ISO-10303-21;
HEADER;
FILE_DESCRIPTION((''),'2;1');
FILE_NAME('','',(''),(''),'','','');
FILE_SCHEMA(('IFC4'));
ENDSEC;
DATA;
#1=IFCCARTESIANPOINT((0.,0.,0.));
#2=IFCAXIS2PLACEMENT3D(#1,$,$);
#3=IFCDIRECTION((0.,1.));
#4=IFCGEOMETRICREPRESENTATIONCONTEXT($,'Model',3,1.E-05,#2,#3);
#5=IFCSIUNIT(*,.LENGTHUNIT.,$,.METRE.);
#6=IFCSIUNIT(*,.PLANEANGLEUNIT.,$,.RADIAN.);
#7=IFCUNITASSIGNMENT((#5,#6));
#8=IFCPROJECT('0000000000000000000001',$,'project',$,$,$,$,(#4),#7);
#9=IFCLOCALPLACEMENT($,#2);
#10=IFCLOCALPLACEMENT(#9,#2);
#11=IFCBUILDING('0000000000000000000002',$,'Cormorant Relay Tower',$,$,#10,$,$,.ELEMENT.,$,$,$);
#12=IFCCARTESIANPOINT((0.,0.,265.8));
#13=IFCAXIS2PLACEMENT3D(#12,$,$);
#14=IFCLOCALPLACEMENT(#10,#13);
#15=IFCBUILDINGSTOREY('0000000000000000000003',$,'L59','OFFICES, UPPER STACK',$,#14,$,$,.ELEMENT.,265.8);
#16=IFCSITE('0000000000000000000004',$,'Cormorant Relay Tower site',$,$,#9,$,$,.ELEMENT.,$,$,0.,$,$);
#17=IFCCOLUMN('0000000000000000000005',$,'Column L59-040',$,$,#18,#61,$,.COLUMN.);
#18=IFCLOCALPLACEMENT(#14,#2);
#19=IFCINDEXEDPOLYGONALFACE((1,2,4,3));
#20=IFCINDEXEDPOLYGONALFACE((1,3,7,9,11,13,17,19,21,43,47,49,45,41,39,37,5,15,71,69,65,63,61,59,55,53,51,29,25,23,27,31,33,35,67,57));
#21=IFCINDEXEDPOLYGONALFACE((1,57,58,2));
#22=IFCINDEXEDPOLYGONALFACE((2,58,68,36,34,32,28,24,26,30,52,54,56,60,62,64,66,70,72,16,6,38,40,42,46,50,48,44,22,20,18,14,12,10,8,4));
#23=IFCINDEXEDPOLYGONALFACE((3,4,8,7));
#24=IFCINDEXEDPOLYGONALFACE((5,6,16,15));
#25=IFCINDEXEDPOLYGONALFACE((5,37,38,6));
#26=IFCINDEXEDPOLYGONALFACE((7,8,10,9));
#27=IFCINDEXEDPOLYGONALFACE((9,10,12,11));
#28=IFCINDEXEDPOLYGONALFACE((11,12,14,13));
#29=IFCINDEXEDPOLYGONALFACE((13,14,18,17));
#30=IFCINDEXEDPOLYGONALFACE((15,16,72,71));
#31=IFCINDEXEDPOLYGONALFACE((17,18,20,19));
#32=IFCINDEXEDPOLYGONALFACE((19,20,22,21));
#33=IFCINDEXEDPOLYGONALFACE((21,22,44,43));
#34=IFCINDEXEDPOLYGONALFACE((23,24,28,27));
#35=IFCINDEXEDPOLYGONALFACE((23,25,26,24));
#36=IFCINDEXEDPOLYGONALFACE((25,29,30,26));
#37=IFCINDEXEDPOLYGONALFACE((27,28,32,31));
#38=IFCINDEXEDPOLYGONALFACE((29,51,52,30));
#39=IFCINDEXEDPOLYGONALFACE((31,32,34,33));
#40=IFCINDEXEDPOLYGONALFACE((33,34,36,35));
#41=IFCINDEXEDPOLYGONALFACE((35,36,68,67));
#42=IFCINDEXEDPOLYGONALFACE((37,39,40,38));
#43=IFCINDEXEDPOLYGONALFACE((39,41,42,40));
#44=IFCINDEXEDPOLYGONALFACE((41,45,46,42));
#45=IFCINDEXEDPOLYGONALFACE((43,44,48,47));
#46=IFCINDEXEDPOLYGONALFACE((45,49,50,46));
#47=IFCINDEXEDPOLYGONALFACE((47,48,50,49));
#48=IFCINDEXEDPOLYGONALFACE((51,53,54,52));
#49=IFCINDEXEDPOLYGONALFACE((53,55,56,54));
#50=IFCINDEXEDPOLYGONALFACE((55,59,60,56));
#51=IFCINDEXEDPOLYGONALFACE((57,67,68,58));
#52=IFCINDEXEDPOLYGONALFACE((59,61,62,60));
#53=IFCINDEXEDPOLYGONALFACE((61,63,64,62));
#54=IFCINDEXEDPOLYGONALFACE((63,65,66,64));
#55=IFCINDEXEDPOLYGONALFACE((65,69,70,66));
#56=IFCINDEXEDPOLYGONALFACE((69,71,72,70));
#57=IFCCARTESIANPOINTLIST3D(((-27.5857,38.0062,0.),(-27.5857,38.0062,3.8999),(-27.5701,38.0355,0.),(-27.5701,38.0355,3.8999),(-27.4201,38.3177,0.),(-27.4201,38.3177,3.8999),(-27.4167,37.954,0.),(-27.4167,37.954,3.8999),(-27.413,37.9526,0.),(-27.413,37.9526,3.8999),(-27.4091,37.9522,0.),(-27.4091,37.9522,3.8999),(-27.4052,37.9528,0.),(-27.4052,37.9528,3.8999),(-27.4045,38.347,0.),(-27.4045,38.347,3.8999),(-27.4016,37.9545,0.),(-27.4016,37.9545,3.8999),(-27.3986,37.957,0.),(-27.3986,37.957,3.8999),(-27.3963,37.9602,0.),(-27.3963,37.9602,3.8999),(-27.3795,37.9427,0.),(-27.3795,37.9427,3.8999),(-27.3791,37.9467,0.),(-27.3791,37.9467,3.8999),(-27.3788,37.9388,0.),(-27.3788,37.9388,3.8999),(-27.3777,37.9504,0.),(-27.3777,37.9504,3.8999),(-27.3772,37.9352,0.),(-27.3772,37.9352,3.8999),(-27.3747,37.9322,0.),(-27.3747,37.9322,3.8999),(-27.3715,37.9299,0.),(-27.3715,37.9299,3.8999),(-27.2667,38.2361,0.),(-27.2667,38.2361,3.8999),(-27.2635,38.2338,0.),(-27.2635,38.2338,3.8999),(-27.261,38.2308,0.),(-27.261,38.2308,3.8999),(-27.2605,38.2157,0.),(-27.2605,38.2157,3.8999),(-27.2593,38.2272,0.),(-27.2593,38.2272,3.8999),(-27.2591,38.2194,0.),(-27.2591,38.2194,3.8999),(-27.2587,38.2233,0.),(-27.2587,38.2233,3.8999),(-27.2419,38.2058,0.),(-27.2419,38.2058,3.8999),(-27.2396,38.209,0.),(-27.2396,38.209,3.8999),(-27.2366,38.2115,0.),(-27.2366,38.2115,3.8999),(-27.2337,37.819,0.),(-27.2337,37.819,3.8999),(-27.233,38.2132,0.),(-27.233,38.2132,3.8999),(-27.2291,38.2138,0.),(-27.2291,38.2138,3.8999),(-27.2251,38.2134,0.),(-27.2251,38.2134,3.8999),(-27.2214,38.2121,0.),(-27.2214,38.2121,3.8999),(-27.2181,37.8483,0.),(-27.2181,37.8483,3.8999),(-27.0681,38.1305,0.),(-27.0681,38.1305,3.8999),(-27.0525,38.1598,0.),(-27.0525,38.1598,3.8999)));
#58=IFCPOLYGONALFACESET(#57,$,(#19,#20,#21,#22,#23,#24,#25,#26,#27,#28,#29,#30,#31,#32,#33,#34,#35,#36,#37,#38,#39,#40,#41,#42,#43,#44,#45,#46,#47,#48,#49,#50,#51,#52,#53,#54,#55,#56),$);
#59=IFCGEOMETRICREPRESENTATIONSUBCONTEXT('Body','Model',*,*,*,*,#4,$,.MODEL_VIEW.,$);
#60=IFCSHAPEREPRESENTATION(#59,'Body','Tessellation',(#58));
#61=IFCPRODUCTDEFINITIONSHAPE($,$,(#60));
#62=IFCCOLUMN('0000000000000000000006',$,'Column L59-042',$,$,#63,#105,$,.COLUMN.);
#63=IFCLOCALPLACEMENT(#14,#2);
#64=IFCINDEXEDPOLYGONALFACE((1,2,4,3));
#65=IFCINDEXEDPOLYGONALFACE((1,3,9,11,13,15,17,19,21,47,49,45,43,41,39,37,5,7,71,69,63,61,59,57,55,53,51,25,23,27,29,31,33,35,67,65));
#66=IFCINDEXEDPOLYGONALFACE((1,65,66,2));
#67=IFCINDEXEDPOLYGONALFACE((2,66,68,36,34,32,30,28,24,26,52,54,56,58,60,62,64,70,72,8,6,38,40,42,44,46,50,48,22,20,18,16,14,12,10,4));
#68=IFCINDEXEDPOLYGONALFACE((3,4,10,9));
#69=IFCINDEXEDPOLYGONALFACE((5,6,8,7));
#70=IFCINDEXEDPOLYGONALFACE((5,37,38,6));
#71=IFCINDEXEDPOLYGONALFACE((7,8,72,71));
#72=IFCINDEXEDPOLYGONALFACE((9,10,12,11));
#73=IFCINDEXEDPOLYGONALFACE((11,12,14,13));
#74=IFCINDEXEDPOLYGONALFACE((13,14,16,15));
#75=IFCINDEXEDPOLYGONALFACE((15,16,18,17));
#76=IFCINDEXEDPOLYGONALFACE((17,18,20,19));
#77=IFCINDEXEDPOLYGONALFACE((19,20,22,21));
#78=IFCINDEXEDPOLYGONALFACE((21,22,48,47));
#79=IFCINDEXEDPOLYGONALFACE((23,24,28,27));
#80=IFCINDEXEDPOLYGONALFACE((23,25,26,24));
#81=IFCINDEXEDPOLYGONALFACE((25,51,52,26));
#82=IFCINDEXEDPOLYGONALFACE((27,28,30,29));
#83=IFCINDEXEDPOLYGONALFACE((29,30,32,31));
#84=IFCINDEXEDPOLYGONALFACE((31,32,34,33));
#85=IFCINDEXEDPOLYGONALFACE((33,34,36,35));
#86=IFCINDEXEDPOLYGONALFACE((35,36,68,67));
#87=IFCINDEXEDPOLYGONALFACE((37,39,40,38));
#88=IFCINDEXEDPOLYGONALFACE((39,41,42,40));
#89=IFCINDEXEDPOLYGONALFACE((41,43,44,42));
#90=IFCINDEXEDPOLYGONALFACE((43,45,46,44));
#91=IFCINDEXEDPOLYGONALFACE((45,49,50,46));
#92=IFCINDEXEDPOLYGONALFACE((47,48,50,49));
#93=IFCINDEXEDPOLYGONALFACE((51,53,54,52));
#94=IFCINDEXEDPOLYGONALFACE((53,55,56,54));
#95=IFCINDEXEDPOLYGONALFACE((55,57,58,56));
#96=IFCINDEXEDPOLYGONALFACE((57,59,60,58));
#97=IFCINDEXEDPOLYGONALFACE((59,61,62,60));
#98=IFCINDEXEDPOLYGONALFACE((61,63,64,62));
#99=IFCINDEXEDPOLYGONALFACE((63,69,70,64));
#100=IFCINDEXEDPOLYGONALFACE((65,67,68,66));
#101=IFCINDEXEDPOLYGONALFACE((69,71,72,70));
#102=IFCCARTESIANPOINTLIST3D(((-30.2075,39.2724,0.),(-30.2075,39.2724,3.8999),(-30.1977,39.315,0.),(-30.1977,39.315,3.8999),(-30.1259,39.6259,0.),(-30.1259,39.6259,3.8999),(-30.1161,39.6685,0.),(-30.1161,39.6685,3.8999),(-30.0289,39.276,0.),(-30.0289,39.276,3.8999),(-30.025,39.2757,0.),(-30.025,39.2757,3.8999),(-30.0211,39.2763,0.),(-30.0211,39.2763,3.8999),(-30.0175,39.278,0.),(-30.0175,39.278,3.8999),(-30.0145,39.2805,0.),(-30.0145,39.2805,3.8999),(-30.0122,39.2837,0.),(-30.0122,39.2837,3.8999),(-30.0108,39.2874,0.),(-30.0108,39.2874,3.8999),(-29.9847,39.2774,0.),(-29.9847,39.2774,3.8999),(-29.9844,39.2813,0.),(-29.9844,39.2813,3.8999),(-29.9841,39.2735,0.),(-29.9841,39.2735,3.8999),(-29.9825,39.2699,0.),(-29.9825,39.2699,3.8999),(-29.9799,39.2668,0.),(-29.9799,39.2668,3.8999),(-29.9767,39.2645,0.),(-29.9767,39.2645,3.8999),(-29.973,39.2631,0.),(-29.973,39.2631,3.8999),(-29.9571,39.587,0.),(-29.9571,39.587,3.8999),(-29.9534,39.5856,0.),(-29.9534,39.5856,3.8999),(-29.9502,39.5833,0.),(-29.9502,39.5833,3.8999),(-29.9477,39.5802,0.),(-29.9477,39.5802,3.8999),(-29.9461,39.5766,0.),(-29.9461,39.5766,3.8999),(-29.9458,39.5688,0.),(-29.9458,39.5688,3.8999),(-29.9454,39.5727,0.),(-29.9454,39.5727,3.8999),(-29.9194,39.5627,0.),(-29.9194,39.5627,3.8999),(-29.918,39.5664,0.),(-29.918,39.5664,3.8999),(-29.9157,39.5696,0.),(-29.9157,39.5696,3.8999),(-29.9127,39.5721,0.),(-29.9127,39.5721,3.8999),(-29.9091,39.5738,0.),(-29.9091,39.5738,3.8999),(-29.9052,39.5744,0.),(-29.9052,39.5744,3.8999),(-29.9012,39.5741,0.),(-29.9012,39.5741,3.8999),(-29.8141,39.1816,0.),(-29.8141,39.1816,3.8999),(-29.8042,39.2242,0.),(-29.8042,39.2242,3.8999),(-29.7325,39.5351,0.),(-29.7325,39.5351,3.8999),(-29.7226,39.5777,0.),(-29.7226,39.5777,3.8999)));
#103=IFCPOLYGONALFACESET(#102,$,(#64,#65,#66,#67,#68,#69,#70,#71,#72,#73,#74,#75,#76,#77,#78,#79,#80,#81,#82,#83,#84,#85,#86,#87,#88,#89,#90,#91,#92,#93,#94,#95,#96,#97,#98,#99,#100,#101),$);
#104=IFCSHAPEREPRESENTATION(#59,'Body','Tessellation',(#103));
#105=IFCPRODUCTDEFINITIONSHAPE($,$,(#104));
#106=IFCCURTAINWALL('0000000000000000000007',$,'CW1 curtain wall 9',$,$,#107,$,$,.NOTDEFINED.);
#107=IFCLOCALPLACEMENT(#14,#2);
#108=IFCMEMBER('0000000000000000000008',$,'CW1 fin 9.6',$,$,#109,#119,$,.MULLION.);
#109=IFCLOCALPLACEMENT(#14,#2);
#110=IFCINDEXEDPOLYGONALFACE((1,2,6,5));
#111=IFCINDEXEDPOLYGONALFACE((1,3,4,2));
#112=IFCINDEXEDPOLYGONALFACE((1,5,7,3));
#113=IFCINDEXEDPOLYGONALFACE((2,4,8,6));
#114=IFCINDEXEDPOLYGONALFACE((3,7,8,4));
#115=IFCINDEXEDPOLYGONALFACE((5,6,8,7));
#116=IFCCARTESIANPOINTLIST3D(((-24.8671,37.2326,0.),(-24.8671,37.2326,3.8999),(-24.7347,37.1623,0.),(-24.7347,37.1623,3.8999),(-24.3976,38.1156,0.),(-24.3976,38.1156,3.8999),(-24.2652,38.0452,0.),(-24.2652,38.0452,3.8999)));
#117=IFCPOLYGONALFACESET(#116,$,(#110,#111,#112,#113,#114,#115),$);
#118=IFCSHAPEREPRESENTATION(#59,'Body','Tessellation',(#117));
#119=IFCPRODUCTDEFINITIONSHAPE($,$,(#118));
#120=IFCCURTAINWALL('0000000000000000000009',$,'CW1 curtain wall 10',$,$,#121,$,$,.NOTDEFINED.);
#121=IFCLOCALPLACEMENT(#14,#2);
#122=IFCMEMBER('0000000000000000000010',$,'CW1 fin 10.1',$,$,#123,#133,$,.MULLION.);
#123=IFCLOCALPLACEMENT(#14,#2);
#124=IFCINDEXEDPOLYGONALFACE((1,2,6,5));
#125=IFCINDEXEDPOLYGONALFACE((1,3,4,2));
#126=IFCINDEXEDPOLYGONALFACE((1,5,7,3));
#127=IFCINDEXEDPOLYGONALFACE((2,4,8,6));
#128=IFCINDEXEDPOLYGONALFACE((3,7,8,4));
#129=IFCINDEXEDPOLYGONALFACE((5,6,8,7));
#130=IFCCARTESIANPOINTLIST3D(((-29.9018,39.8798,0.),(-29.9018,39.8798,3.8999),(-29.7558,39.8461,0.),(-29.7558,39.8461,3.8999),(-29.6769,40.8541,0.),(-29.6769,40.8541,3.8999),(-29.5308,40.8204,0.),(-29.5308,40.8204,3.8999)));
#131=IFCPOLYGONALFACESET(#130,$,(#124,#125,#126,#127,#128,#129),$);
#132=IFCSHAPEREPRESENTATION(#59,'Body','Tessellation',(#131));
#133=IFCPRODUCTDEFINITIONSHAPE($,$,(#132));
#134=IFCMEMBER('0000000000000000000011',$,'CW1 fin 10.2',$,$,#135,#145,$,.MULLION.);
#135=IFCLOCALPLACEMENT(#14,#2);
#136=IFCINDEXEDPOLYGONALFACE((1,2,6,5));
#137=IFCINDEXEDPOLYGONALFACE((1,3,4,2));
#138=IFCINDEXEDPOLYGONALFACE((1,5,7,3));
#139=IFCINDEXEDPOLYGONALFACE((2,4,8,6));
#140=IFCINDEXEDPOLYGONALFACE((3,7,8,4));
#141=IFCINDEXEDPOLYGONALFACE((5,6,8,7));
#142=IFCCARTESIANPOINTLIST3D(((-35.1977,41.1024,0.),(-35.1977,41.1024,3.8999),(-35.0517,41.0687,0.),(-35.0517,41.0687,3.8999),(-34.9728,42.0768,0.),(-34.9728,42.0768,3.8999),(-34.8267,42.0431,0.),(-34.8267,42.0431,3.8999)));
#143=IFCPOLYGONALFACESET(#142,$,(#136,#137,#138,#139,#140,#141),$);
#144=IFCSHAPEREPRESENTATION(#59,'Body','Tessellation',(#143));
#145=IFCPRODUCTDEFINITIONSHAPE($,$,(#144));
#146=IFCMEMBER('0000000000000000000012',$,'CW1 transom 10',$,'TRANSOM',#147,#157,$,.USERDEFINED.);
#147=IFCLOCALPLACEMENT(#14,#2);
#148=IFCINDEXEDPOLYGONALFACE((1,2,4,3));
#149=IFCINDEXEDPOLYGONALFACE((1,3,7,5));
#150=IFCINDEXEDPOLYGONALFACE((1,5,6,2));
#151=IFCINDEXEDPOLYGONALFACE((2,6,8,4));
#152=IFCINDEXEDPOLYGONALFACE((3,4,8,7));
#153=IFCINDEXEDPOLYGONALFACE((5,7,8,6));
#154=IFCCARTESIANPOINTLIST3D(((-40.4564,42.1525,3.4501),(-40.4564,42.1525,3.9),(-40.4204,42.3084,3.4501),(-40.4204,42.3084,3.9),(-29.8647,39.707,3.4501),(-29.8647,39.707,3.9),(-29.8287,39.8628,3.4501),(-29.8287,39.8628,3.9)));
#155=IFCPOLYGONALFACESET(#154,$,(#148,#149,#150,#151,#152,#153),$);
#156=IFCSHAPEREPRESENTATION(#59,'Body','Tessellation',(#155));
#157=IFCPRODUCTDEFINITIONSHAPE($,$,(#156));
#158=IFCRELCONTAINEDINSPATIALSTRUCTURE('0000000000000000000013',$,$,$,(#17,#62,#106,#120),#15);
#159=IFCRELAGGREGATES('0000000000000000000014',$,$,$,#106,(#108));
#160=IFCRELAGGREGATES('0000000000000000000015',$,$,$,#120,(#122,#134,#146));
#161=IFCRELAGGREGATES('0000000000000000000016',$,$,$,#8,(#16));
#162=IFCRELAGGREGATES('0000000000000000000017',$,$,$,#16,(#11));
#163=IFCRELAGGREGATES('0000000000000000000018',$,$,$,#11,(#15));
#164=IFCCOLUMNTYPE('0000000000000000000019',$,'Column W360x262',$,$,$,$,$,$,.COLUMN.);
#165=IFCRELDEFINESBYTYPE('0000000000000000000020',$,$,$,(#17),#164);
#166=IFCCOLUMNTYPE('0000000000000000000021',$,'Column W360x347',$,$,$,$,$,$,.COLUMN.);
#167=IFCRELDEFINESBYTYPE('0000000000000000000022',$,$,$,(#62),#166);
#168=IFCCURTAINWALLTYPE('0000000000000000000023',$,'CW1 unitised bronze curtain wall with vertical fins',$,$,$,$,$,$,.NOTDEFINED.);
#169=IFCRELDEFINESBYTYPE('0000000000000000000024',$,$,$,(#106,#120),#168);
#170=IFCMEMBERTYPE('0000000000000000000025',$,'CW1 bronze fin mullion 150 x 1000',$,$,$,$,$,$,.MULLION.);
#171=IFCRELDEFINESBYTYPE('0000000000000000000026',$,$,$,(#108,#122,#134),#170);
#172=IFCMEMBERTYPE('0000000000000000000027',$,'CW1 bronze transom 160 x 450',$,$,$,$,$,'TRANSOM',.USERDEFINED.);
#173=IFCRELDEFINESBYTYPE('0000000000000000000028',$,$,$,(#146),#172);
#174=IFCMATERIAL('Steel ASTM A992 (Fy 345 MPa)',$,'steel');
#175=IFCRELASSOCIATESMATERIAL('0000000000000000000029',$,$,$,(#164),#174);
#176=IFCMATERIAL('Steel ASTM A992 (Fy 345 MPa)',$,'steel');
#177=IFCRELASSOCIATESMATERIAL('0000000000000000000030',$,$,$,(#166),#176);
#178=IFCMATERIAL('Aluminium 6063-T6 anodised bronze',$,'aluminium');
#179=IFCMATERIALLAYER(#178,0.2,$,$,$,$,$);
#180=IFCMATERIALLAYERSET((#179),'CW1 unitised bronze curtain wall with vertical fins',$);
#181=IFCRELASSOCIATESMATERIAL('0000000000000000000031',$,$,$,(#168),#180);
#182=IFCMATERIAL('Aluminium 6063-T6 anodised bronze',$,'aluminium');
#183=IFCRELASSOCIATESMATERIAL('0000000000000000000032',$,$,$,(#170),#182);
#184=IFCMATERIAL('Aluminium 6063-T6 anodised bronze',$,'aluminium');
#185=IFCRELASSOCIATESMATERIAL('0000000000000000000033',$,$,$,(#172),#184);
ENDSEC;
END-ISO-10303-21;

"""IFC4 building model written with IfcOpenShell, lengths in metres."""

from ifc_helpers import new_model, si_unit, direction, frame, origin, origin_2d, place, context, subcontext, project, spatial, rectangle, i_section, extrude, material, layer, layer_set, material_profile, profile_set, type_object, element, aggregate, save


model = new_model("IFC4")

# Units and contexts
model_context = context("Model", 3, precision=1e-05, world=origin(), true_north=direction((0.0, 1.0)))
body_context = subcontext(model_context, "Body", "Model", "MODEL_VIEW")
ifc_project = project(units=[si_unit("LENGTHUNIT", "METRE"), si_unit("PLANEANGLEUNIT", "RADIAN")], contexts=[model_context])

# Site, building, storey
site_placement = place(None, origin())
site = spatial("IfcSite", under=ifc_project, at=site_placement, Name="Cormorant Relay Tower site", CompositionType="ELEMENT", RefElevation=0.0)
building_placement = place(site_placement, origin())
building = spatial("IfcBuilding", under=site, at=building_placement, Name="Cormorant Relay Tower", CompositionType="ELEMENT")
storey_placement = place(building_placement, frame((0.0, 0.0, 265.8)))
storey = spatial("IfcBuildingStorey", under=building, at=storey_placement, Name="L59", Description="OFFICES, UPPER STACK", CompositionType="ELEMENT", Elevation=265.8)

# Columns
ifc_material_1 = material(Name="Steel ASTM A992 (Fy 345 MPa)", Category="steel")
ifc_material_profile_1 = material_profile(ifc_material_1, i_section(OverallWidth=0.3987, OverallDepth=0.386, WebThickness=0.021, FlangeThickness=0.0332, FilletRadius=0.0151, at=origin_2d()), Name="W360x262")
ifc_profile_set_1 = profile_set([ifc_material_profile_1], Name="Steel ASTM A992 (Fy 345 MPa)")
column_type_1 = type_object("IfcColumnType", Name="Column W360x262", PredefinedType="COLUMN", material=ifc_profile_set_1)
column_1_placement = place(storey_placement, frame((-27.3191, 38.083, 0.0), z_axis=(0.0, 0.0, 1.0), x_axis=(-0.882948, 0.469472, 0.0)))
element("IfcColumn", 1, at=column_1_placement, inside=storey, type_object=column_type_1, Name="Column L59-040", PredefinedType="COLUMN", context=body_context, shape_type="SweptSolid", body=[
    extrude(i_section(OverallWidth=0.3987, OverallDepth=0.386, WebThickness=0.021, FlangeThickness=0.0332, FilletRadius=0.0151, at=origin_2d()), origin(), (0.0, 0.0, 1.0), 3.8999),
])
ifc_material_2 = material(Name="Steel ASTM A992 (Fy 345 MPa)", Category="steel")
ifc_material_profile_2 = material_profile(ifc_material_2, i_section(OverallWidth=0.4038, OverallDepth=0.4065, WebThickness=0.0271, FlangeThickness=0.0437, FilletRadius=0.0151, at=origin_2d()), Name="W360x347")
ifc_profile_set_2 = profile_set([ifc_material_profile_2], Name="Steel ASTM A992 (Fy 345 MPa)")
column_type_2 = type_object("IfcColumnType", Name="Column W360x347", PredefinedType="COLUMN", material=ifc_profile_set_2)
column_2_placement = place(storey_placement, frame((-29.9651, 39.425, 0.0), z_axis=(0.0, 0.0, 1.0), x_axis=(-0.97437, 0.224951, 0.0)))
element("IfcColumn", 2, at=column_2_placement, inside=storey, type_object=column_type_2, Name="Column L59-042", PredefinedType="COLUMN", context=body_context, shape_type="SweptSolid", body=[
    extrude(i_section(OverallWidth=0.4038, OverallDepth=0.4065, WebThickness=0.0271, FlangeThickness=0.0437, FilletRadius=0.0151, at=origin_2d()), origin(), (0.0, 0.0, 1.0), 3.8999),
])

# Curtain wall, member
ifc_material_3 = material(Name="Aluminium 6063-T6 anodised bronze", Category="aluminium")
ifc_layer_1 = layer(ifc_material_3, 0.2)
ifc_layer_set_1 = layer_set([ifc_layer_1], Name="CW1 unitised bronze curtain wall with vertical fins")
curtain_wall_type = type_object("IfcCurtainWallType", Name="CW1 unitised bronze curtain wall with vertical fins", PredefinedType="NOTDEFINED", material=ifc_layer_set_1)
curtain_wall_1_placement = place(storey_placement, origin())
curtain_wall_1 = element("IfcCurtainWall", 3, at=curtain_wall_1_placement, inside=storey, type_object=curtain_wall_type, Name="CW1 curtain wall 9", PredefinedType="NOTDEFINED")
ifc_material_4 = material(Name="Aluminium 6063-T6 anodised bronze", Category="aluminium")
ifc_material_profile_3 = material_profile(ifc_material_4, rectangle(XDim=0.1499, YDim=1.0, at=origin_2d()), Name="AL 150x1000")
ifc_profile_set_3 = profile_set([ifc_material_profile_3], Name="Aluminium 6063-T6 anodised bronze")
member_type_1 = type_object("IfcMemberType", Name="CW1 bronze fin mullion 150 x 1000", PredefinedType="MULLION", material=ifc_profile_set_3)
member_1_placement = place(storey_placement, frame((-24.5662, 37.6389, 0.0), z_axis=(0.0, 0.0, 1.0), x_axis=(-0.882948, 0.469472, 0.0)))
member_1 = element("IfcMember", 4, at=member_1_placement, type_object=member_type_1, Name="CW1 fin 9.6", PredefinedType="MULLION", context=body_context, shape_type="SweptSolid", body=[
    extrude(rectangle(XDim=0.1499, YDim=1.0, at=origin_2d()), origin(), (0.0, 0.0, 1.0), 3.8999),
])

# Curtain wall, members
curtain_wall_2_placement = place(storey_placement, origin())
curtain_wall_2 = element("IfcCurtainWall", 5, at=curtain_wall_2_placement, inside=storey, type_object=curtain_wall_type, Name="CW1 curtain wall 10", PredefinedType="NOTDEFINED")
member_2_placement = place(storey_placement, frame((-29.7163, 40.3501, 0.0), z_axis=(0.0, 0.0, 1.0), x_axis=(-0.97437, 0.224951, 0.0)))
member_2 = element("IfcMember", 6, at=member_2_placement, type_object=member_type_1, Name="CW1 fin 10.1", PredefinedType="MULLION", context=body_context, shape_type="SweptSolid", body=[
    extrude(rectangle(XDim=0.1499, YDim=1.0, at=origin_2d()), origin(), (0.0, 0.0, 1.0), 3.8999),
])
member_3_placement = place(storey_placement, frame((-35.0122, 41.5728, 0.0), z_axis=(0.0, 0.0, 1.0), x_axis=(-0.97437, 0.224951, 0.0)))
member_3 = element("IfcMember", 7, at=member_3_placement, type_object=member_type_1, Name="CW1 fin 10.2", PredefinedType="MULLION", context=body_context, shape_type="SweptSolid", body=[
    extrude(rectangle(XDim=0.1499, YDim=1.0, at=origin_2d()), origin(), (0.0, 0.0, 1.0), 3.8999),
])
ifc_material_5 = material(Name="Aluminium 6063-T6 anodised bronze", Category="aluminium")
ifc_material_profile_4 = material_profile(ifc_material_5, rectangle(XDim=0.1599, YDim=0.45, at=origin_2d()), Name="AL 160x450")
ifc_profile_set_4 = profile_set([ifc_material_profile_4], Name="Aluminium 6063-T6 anodised bronze")
member_type_2 = type_object("IfcMemberType", Name="CW1 bronze transom 160 x 450", ElementType="TRANSOM", PredefinedType="USERDEFINED", material=ifc_profile_set_4)
member_4_placement = place(storey_placement, frame((-29.8467, 39.7849, 3.675), z_axis=(-0.974365, 0.224973, 0.0), x_axis=(-0.224973, -0.974365, 0.0)))
member_4 = element("IfcMember", 8, at=member_4_placement, type_object=member_type_2, Name="CW1 transom 10", ObjectType="TRANSOM", PredefinedType="USERDEFINED", context=body_context, shape_type="SweptSolid", body=[
    extrude(rectangle(XDim=0.1599, YDim=0.45, at=origin_2d()), origin(), (0.0, 0.0, 1.0), 10.8704),
])

aggregate(curtain_wall_1, [member_1])
aggregate(curtain_wall_2, [member_2, member_3, member_4])

save(model, "model.ifc")
